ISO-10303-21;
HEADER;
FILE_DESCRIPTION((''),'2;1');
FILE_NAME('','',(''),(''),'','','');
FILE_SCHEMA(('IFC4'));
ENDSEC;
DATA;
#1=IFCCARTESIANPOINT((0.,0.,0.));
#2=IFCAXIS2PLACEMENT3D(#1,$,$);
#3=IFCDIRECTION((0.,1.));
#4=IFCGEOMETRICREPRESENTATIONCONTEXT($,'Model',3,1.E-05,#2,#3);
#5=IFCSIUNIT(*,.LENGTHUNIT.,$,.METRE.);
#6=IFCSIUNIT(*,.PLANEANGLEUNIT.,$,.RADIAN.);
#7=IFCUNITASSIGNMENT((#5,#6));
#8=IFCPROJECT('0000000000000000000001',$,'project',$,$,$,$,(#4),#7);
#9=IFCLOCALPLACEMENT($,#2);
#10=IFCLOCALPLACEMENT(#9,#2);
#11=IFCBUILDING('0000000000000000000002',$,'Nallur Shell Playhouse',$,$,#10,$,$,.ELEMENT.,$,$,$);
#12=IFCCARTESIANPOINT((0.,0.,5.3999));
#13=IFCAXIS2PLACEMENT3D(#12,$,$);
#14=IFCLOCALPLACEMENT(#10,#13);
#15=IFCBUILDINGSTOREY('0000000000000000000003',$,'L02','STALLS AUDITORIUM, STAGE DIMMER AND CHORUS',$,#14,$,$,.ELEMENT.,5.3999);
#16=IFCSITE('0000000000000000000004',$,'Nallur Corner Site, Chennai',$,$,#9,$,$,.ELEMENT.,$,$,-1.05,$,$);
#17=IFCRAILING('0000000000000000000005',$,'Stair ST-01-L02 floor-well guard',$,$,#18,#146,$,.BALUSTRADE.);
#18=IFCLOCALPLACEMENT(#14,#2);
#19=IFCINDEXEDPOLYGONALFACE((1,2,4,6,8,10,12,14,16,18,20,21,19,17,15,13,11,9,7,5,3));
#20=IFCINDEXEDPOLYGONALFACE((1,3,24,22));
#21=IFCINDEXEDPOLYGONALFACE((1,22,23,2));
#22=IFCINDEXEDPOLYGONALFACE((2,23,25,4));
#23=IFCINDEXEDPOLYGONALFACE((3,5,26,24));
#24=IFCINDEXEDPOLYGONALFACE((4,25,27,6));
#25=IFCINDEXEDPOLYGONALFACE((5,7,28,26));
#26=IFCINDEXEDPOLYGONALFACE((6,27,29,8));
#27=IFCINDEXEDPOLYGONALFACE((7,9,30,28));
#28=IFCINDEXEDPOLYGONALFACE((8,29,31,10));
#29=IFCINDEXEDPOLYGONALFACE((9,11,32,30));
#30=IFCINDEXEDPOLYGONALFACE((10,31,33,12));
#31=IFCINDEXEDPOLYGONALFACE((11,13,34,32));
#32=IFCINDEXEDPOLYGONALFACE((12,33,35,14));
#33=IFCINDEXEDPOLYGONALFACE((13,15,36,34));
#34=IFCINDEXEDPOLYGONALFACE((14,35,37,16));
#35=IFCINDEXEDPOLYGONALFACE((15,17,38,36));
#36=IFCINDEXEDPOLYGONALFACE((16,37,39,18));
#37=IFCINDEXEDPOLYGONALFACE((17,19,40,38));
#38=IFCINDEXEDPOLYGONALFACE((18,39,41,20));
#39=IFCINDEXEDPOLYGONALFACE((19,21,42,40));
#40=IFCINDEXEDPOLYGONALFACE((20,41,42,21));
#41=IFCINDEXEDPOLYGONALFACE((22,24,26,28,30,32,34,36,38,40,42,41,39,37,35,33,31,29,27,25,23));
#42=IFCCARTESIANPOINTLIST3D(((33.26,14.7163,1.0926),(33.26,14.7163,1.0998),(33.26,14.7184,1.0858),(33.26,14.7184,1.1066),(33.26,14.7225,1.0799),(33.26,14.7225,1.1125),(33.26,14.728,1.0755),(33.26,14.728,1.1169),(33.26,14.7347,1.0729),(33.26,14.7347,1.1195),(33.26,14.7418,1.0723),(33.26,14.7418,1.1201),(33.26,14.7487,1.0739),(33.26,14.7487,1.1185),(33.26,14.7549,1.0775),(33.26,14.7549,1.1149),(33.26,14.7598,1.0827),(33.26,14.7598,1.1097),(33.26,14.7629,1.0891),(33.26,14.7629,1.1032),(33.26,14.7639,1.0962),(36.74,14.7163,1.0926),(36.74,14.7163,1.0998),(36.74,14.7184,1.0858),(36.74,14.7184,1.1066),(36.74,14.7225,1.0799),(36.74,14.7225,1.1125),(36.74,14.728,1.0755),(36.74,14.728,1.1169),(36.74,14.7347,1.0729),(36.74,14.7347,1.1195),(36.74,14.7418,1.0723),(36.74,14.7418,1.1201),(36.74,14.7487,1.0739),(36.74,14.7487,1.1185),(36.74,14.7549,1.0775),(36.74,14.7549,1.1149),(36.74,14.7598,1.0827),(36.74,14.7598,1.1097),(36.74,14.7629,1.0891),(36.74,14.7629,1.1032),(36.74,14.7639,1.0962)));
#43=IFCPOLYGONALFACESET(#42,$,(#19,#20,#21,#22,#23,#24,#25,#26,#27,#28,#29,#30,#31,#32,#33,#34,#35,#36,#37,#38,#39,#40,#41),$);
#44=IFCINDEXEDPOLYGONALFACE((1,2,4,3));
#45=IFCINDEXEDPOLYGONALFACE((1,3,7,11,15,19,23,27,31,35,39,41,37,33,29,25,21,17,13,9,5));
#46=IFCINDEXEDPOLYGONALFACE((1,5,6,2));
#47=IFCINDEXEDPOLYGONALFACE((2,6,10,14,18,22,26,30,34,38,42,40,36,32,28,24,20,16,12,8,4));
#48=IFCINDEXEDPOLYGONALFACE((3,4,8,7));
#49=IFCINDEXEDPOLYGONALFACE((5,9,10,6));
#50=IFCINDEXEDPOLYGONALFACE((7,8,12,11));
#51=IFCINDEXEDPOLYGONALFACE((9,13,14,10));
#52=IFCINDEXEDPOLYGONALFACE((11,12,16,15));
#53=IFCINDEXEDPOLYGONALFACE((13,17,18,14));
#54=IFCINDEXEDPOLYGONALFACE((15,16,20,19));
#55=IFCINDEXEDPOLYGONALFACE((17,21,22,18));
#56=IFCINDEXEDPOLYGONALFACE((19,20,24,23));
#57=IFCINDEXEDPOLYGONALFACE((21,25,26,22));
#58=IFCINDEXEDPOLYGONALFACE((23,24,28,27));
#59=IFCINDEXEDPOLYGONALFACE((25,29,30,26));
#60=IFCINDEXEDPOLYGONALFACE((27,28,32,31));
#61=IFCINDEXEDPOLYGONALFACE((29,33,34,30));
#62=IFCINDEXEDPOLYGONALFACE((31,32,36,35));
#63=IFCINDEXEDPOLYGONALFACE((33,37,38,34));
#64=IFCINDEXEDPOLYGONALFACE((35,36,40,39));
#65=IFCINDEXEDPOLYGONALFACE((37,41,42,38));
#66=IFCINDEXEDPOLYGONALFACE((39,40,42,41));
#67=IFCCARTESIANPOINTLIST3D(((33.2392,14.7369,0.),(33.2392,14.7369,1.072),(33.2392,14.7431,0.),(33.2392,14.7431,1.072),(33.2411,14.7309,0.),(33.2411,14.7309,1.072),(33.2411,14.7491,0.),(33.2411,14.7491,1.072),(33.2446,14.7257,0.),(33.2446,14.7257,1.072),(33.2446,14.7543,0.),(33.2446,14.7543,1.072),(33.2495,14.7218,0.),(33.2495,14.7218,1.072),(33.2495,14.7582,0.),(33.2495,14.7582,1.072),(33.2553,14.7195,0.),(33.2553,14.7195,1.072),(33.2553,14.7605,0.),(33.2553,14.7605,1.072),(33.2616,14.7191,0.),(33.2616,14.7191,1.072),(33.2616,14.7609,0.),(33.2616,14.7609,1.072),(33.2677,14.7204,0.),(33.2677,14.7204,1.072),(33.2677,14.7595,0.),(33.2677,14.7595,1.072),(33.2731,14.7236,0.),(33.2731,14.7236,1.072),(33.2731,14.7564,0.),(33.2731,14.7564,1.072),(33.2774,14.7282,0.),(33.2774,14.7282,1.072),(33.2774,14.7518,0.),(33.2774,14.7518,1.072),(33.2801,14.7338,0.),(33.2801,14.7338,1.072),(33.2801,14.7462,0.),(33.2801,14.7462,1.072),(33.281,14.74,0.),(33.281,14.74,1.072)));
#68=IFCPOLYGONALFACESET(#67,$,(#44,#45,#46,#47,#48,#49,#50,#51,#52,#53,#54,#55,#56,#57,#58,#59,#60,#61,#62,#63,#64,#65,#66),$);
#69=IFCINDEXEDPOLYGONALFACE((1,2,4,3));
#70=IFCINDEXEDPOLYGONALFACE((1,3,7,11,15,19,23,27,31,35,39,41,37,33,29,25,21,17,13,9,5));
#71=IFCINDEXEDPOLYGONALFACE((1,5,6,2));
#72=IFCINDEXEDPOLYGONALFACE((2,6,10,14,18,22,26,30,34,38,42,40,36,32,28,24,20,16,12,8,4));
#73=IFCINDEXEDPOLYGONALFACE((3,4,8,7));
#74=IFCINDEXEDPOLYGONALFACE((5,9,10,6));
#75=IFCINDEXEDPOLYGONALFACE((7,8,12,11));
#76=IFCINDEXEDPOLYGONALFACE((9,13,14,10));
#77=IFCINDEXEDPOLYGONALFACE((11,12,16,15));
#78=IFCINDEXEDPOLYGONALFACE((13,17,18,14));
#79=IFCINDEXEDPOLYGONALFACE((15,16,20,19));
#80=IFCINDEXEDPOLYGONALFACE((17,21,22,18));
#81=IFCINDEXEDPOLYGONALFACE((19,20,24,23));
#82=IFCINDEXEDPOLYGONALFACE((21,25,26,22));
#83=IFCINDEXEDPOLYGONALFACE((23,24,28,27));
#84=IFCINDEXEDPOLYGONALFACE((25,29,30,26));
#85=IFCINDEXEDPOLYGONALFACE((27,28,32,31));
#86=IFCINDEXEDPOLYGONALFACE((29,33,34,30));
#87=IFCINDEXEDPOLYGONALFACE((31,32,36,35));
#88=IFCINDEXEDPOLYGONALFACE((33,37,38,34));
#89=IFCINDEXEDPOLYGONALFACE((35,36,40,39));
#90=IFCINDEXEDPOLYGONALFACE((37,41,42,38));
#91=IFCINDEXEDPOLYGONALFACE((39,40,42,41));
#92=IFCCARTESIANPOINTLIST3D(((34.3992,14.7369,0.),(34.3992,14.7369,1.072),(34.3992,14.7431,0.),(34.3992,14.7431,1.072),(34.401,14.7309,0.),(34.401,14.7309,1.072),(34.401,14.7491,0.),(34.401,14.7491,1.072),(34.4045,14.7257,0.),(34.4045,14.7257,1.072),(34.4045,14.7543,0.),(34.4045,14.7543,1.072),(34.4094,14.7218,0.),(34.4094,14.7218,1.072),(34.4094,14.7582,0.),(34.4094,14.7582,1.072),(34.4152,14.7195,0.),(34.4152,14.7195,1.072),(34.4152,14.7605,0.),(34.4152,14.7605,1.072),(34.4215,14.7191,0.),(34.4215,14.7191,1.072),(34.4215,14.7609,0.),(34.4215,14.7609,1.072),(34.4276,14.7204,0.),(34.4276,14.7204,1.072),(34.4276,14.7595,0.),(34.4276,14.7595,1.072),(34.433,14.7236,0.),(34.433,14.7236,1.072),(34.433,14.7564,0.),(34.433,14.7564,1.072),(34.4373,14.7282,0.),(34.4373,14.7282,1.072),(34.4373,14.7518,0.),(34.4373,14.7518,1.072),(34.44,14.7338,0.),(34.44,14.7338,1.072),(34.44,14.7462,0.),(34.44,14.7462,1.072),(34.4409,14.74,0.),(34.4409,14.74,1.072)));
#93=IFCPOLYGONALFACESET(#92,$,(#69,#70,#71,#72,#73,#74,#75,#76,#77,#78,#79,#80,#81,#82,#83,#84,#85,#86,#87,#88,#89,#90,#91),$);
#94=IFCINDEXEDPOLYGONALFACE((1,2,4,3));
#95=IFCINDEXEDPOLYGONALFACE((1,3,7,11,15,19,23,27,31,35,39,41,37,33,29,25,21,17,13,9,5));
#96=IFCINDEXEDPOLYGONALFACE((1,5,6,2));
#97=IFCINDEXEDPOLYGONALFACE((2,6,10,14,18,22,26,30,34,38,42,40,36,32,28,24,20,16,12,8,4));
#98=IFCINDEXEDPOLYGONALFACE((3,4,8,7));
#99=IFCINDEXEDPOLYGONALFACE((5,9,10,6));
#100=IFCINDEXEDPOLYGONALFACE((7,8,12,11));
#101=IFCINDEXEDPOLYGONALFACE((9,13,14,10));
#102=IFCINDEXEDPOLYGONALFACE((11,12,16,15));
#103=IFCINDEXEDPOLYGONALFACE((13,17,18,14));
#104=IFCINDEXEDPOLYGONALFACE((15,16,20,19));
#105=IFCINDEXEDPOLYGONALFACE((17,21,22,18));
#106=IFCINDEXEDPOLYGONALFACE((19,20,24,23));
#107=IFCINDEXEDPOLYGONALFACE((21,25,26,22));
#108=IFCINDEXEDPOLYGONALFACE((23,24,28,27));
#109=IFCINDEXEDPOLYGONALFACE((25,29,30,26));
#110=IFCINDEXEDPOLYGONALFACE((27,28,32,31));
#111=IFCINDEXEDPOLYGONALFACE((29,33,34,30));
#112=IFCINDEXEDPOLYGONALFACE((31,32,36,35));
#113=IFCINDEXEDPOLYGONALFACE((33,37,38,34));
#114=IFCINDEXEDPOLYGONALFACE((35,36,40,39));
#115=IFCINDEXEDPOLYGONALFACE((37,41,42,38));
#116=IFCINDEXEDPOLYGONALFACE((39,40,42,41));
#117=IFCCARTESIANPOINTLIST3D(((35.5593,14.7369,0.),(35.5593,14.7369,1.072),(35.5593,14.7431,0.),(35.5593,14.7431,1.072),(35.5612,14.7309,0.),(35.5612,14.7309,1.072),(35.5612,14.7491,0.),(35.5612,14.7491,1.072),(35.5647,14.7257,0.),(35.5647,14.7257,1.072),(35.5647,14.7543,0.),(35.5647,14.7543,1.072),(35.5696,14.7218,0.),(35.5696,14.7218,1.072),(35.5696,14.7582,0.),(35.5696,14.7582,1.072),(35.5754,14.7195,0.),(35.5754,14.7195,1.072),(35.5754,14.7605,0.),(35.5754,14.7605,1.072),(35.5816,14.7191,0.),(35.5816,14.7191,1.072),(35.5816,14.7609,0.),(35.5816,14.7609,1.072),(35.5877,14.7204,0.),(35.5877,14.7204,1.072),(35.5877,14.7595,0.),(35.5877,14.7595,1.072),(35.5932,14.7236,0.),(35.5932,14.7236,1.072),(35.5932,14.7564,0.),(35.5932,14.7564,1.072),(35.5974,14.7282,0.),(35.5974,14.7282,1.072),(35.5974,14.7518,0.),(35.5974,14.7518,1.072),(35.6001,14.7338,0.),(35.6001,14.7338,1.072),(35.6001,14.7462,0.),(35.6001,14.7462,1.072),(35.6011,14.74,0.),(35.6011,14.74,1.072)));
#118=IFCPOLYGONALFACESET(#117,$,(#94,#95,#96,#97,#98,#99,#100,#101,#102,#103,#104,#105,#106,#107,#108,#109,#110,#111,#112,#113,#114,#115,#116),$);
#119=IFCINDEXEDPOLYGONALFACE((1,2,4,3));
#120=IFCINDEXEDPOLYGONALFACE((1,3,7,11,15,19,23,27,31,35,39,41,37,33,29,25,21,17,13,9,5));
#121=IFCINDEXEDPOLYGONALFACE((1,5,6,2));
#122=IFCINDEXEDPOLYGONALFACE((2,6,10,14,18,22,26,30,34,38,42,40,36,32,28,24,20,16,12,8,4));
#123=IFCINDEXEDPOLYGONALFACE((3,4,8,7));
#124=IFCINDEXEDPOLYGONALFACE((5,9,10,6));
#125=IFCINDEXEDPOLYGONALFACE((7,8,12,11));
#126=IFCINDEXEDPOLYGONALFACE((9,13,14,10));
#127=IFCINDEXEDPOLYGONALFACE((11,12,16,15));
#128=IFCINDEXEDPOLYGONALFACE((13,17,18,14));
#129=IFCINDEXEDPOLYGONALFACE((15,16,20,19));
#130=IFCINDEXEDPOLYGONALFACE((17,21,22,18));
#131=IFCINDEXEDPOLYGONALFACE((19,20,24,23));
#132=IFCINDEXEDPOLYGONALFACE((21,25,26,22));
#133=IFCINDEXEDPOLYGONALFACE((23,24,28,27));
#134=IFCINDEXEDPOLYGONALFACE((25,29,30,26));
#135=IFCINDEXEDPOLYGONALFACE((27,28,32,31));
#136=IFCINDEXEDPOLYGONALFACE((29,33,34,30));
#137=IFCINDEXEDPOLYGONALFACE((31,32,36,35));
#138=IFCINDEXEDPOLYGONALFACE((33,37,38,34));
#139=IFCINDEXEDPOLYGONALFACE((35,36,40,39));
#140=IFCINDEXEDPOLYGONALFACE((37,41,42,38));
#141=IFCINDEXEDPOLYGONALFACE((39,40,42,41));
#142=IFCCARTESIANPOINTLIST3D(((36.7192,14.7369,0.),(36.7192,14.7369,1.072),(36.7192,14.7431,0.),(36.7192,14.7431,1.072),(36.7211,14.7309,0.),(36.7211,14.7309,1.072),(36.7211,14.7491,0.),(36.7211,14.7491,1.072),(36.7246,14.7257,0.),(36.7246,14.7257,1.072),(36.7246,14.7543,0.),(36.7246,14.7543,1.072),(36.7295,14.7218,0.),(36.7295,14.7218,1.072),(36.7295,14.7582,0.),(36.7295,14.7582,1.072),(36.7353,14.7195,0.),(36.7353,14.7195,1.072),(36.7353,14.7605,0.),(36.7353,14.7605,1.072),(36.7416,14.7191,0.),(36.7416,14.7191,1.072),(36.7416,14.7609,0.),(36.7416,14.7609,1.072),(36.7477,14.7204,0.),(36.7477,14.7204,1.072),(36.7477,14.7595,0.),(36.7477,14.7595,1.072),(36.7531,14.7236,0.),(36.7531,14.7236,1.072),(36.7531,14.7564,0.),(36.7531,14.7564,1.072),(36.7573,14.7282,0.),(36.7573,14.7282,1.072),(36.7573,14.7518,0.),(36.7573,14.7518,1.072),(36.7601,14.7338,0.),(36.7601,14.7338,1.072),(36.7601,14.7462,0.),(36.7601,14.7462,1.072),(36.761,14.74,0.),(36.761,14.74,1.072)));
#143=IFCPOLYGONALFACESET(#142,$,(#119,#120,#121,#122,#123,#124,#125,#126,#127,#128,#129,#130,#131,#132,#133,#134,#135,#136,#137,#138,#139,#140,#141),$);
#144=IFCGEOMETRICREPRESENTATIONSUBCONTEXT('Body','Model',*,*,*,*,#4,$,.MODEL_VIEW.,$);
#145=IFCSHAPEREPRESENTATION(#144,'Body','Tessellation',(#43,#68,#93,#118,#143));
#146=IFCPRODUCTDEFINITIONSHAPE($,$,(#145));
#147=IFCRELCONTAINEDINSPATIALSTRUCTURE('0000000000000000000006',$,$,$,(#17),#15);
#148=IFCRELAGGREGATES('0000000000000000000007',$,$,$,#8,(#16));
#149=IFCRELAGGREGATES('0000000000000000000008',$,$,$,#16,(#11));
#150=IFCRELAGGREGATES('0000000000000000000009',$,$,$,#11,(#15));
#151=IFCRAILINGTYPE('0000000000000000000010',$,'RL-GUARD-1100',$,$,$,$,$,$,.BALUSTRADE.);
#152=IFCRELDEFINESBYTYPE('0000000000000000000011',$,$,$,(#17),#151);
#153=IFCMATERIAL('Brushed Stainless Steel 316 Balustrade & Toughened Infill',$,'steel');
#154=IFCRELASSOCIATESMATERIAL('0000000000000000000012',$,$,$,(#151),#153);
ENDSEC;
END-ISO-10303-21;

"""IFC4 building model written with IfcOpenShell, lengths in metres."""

from ifc_helpers import new_model, si_unit, direction, frame, origin, origin_2d, place, context, subcontext, project, spatial, circle, extrude, material, type_object, element, save


model = new_model("IFC4")

# Units and contexts
model_context = context("Model", 3, precision=1e-05, world=origin(), true_north=direction((0.0, 1.0)))
body_context = subcontext(model_context, "Body", "Model", "MODEL_VIEW")
ifc_project = project(units=[si_unit("LENGTHUNIT", "METRE"), si_unit("PLANEANGLEUNIT", "RADIAN")], contexts=[model_context])

# Site, building, storey
site_placement = place(None, origin())
site = spatial("IfcSite", under=ifc_project, at=site_placement, Name="Nallur Corner Site, Chennai", CompositionType="ELEMENT", RefElevation=-1.05)
building_placement = place(site_placement, origin())
building = spatial("IfcBuilding", under=site, at=building_placement, Name="Nallur Shell Playhouse", CompositionType="ELEMENT")
storey_placement = place(building_placement, frame((0.0, 0.0, 5.3999)))
storey = spatial("IfcBuildingStorey", under=building, at=storey_placement, Name="L02", Description="STALLS AUDITORIUM, STAGE DIMMER AND CHORUS", CompositionType="ELEMENT", Elevation=5.3999)

# Railing
ifc_material_1 = material(Name="Brushed Stainless Steel 316 Balustrade & Toughened Infill", Category="steel")
railing_type = type_object("IfcRailingType", Name="RL-GUARD-1100", PredefinedType="BALUSTRADE", material=ifc_material_1)
railing_1_placement = place(storey_placement, frame((33.26, 14.74, 0.0)))
element("IfcRailing", 1, at=railing_1_placement, inside=storey, type_object=railing_type, Name="Stair ST-01-L02 floor-well guard", PredefinedType="BALUSTRADE", context=body_context, shape_type="SweptSolid", body=[
    extrude(circle(Radius=0.0239, at=origin_2d()), frame((0.0, 0.0, 1.0962), z_axis=(1.0, 0.0, 0.0), x_axis=(0.0, 1.0, 0.0)), (0.0, 0.0, 1.0), 3.48),
    extrude(circle(Radius=0.021, at=origin_2d()), origin(), (0.0, 0.0, 1.0), 1.072),
    extrude(circle(Radius=0.021, at=origin_2d()), frame((1.1599, 0.0, 0.0)), (0.0, 0.0, 1.0), 1.072),
    extrude(circle(Radius=0.021, at=origin_2d()), frame((2.3201, 0.0, 0.0)), (0.0, 0.0, 1.0), 1.072),
    extrude(circle(Radius=0.021, at=origin_2d()), frame((3.48, 0.0, 0.0)), (0.0, 0.0, 1.0), 1.072),
])

save(model, "model.ifc")
